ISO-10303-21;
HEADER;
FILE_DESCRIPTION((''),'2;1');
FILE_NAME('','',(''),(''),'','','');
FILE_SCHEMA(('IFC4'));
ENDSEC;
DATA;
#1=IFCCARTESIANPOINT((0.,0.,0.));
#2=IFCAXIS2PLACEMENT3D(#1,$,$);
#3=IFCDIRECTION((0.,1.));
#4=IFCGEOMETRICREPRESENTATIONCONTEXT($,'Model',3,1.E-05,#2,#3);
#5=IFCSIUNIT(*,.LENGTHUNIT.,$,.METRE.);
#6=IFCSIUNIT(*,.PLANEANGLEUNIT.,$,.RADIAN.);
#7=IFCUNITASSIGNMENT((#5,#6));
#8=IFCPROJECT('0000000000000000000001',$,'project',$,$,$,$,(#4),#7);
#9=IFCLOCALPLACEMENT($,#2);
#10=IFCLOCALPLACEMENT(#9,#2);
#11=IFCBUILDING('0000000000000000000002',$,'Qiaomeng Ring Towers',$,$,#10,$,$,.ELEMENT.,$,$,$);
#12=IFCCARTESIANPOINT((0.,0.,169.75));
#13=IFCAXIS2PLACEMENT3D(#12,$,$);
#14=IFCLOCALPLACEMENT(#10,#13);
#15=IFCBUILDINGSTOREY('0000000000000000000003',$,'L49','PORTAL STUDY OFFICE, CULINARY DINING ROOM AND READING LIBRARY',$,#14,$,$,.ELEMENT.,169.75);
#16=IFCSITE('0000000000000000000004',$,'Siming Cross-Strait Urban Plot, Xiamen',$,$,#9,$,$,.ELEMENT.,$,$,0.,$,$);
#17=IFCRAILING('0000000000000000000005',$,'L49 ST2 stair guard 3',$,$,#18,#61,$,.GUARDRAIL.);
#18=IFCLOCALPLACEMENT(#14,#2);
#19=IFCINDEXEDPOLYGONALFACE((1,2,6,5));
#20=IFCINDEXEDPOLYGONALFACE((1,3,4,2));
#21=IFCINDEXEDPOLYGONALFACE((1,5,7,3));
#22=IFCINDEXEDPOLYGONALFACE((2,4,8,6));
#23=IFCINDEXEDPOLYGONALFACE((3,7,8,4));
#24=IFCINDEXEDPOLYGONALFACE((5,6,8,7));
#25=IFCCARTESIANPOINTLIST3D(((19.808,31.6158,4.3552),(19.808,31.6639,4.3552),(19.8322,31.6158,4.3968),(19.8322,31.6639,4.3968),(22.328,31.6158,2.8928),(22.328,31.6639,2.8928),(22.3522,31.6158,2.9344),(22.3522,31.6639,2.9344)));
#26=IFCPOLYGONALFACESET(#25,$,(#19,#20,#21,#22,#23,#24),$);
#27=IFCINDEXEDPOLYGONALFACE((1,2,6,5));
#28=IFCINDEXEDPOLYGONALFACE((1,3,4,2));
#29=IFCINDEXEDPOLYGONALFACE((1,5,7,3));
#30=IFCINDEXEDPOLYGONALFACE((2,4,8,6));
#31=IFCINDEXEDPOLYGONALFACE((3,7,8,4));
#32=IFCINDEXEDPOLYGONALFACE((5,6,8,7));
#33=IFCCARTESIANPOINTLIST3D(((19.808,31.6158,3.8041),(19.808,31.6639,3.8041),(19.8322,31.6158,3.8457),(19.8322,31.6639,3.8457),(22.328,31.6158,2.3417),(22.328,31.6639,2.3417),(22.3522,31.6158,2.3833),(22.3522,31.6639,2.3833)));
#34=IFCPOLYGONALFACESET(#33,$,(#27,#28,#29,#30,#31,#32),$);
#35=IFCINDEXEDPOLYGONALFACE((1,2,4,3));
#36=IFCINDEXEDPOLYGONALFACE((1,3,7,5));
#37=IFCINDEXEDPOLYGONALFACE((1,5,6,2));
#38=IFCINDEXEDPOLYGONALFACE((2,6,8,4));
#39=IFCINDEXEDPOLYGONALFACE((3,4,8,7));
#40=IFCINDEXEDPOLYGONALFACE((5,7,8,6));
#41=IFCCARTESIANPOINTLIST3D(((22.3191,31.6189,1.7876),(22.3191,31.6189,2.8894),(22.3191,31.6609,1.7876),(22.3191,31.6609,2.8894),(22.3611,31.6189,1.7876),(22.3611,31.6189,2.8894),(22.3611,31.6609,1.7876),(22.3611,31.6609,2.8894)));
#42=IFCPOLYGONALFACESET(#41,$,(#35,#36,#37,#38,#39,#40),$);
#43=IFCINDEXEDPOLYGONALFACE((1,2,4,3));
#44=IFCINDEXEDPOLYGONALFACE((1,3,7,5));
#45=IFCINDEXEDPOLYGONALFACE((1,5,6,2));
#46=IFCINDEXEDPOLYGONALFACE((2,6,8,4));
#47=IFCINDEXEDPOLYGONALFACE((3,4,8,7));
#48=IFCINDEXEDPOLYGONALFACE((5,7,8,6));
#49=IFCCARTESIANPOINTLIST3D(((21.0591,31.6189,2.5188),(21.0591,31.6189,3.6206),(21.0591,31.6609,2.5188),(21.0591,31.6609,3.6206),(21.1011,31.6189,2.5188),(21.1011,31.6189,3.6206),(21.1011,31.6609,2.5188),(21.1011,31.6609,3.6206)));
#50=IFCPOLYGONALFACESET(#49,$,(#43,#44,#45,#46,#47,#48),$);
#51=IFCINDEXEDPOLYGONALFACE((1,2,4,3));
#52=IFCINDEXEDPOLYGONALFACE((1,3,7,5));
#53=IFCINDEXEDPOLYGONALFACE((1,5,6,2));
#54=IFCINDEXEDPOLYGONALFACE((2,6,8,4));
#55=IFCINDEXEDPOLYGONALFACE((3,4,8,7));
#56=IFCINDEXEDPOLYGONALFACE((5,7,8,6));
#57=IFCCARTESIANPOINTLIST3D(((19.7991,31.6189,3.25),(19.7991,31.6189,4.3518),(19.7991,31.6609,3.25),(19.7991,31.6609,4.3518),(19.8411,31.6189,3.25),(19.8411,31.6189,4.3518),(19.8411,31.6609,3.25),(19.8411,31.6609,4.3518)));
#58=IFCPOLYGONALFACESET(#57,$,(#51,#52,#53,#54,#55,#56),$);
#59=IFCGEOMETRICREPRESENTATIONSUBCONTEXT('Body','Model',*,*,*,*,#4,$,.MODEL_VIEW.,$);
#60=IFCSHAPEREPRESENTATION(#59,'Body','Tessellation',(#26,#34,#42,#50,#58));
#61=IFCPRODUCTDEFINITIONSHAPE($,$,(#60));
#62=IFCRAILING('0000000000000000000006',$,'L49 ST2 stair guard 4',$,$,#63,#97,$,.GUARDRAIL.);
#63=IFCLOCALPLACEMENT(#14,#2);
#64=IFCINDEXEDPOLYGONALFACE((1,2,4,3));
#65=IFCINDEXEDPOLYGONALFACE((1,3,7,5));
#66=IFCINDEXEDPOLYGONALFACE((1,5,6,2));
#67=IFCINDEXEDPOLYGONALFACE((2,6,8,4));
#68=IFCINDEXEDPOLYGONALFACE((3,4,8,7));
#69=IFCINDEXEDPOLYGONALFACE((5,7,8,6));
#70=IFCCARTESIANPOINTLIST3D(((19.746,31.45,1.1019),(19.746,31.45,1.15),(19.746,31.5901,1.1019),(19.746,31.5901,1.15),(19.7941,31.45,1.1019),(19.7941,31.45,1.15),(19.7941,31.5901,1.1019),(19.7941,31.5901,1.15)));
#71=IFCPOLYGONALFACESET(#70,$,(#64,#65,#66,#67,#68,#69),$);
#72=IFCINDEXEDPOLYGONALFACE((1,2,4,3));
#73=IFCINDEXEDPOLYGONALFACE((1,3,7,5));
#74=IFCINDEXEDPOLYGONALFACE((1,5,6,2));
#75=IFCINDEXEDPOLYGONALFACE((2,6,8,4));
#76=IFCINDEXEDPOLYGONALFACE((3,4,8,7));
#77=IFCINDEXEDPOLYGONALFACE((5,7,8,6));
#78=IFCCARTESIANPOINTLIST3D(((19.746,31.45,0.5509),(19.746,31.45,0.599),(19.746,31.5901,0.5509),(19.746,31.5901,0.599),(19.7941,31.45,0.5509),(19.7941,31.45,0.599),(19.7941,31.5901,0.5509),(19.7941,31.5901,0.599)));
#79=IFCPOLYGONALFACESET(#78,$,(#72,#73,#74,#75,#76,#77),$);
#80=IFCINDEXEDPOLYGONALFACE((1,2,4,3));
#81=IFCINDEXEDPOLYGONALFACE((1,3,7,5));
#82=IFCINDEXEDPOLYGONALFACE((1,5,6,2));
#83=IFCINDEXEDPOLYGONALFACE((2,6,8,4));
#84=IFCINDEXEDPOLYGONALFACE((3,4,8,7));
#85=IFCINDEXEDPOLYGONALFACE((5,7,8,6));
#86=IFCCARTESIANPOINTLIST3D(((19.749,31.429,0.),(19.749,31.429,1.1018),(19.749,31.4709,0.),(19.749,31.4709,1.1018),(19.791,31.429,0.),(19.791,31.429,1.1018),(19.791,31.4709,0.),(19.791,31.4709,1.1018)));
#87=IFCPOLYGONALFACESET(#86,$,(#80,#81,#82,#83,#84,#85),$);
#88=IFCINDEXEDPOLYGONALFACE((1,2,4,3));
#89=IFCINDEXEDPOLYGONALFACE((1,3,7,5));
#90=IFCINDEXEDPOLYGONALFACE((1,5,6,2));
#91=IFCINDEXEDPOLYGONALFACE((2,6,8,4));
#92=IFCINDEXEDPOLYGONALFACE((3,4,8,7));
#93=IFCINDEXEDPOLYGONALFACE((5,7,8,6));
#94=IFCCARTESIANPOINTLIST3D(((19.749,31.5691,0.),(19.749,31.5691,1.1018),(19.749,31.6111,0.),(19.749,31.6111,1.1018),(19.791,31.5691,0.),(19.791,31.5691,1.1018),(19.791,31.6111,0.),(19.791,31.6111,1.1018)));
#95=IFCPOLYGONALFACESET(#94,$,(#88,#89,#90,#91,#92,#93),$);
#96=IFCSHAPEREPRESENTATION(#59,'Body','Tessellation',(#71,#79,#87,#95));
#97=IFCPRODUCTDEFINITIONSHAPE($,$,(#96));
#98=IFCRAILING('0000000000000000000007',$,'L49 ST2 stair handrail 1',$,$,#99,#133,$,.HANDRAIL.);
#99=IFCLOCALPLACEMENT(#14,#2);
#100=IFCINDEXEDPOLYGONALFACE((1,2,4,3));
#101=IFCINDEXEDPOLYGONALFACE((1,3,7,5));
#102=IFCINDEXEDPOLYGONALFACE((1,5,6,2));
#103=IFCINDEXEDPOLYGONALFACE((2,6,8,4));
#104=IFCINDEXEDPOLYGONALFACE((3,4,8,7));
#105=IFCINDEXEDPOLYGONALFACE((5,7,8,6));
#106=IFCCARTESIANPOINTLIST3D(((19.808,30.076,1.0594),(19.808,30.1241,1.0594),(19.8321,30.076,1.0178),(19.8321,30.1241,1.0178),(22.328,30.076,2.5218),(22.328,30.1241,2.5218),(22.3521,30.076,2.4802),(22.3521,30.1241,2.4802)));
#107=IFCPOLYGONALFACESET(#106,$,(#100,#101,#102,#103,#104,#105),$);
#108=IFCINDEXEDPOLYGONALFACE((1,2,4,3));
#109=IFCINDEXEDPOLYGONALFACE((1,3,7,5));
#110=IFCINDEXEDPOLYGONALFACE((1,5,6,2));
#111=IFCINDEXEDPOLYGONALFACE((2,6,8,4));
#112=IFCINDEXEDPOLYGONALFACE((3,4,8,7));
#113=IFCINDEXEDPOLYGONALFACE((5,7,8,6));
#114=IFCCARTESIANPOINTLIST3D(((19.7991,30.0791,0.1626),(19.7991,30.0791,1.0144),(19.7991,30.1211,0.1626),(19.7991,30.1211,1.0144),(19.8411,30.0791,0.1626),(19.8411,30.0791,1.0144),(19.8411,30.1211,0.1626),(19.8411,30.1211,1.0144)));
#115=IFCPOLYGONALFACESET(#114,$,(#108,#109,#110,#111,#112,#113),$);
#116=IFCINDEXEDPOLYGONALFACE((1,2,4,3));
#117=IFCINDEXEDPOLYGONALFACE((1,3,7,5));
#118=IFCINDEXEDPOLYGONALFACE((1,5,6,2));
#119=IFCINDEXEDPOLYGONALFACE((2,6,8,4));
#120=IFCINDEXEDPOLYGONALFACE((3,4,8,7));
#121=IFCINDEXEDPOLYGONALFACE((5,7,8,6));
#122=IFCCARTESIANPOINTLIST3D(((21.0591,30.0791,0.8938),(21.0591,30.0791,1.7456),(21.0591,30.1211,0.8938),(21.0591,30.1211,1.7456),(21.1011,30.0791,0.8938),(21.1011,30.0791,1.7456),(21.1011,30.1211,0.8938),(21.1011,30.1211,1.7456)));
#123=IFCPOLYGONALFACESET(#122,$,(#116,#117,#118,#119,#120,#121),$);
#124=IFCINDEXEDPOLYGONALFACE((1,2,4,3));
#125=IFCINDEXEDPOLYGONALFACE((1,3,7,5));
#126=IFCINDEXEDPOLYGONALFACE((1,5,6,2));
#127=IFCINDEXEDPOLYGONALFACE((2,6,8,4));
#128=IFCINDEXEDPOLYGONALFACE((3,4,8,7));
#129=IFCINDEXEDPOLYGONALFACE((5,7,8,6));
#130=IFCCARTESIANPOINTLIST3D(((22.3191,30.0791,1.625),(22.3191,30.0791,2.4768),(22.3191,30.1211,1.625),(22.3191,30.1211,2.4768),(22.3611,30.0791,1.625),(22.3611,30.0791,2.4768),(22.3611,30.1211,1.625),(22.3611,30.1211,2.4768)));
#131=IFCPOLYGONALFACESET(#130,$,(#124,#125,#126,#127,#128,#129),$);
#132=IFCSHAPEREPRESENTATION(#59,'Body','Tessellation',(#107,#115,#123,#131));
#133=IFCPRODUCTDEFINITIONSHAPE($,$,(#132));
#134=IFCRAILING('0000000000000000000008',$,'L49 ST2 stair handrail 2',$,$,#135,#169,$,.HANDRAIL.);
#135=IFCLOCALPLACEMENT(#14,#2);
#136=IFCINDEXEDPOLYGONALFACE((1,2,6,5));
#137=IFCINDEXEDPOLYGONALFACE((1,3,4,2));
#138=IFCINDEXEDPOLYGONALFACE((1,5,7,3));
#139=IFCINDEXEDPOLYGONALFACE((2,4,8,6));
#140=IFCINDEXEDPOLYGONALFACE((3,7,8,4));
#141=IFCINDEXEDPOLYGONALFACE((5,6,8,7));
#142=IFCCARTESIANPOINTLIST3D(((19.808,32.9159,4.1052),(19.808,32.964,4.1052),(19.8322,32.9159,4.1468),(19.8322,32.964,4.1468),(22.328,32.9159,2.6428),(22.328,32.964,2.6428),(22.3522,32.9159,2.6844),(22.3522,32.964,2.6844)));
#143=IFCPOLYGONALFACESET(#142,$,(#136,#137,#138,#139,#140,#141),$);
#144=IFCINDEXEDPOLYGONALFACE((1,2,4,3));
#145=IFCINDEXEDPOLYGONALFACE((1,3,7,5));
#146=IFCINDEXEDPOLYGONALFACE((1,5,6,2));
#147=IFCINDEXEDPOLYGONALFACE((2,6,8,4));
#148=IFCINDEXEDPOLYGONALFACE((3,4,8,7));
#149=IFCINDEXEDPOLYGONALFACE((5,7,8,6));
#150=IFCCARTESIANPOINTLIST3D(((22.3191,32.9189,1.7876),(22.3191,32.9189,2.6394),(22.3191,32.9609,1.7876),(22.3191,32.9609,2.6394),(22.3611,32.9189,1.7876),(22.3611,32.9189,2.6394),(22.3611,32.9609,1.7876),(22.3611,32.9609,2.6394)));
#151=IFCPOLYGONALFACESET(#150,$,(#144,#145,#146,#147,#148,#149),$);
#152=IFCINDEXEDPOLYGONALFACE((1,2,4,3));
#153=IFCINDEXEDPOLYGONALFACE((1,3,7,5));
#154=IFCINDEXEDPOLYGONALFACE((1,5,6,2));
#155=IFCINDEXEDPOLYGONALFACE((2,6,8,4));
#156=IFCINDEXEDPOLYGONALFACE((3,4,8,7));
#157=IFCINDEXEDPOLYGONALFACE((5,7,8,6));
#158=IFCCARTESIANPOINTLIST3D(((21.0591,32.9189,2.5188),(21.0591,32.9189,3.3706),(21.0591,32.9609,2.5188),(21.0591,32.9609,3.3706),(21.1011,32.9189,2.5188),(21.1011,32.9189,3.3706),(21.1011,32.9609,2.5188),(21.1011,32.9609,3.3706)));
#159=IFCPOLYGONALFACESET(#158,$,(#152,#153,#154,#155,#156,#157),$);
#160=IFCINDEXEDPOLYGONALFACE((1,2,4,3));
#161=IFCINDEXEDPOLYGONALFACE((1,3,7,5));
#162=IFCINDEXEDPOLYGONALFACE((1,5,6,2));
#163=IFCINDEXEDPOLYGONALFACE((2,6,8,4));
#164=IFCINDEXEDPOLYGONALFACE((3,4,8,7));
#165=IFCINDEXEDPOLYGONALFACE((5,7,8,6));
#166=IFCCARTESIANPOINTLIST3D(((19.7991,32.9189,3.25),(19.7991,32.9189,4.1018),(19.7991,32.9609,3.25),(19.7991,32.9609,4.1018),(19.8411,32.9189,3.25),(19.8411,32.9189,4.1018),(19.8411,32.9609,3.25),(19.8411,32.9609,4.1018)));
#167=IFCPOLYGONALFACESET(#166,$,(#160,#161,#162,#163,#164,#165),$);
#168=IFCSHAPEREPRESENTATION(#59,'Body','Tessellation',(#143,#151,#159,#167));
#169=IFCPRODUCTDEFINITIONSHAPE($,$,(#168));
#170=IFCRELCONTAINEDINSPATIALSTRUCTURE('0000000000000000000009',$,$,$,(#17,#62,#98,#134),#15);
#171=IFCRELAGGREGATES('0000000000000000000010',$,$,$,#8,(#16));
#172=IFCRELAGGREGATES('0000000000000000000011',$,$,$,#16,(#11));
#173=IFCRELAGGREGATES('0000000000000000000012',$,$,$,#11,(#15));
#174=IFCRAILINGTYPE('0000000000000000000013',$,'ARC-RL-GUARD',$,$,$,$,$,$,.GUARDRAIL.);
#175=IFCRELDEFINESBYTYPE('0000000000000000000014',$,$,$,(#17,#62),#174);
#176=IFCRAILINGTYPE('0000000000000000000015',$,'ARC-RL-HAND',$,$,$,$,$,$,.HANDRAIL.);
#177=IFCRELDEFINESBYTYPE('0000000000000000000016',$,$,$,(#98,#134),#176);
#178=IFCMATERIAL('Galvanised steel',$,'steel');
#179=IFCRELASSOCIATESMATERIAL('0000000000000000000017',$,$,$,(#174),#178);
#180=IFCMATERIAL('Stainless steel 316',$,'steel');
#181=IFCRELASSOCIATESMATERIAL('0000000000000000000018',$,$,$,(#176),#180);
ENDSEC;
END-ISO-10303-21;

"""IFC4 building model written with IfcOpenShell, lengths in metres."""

from ifc_helpers import new_model, si_unit, direction, frame, origin, origin_2d, place, context, subcontext, project, spatial, rectangle, extrude, material, type_object, element, save


model = new_model("IFC4")

# Units and contexts
model_context = context("Model", 3, precision=1e-05, world=origin(), true_north=direction((0.0, 1.0)))
body_context = subcontext(model_context, "Body", "Model", "MODEL_VIEW")
ifc_project = project(units=[si_unit("LENGTHUNIT", "METRE"), si_unit("PLANEANGLEUNIT", "RADIAN")], contexts=[model_context])

# Site, building, storey
site_placement = place(None, origin())
site = spatial("IfcSite", under=ifc_project, at=site_placement, Name="Siming Cross-Strait Urban Plot, Xiamen", CompositionType="ELEMENT", RefElevation=0.0)
building_placement = place(site_placement, origin())
building = spatial("IfcBuilding", under=site, at=building_placement, Name="Qiaomeng Ring Towers", CompositionType="ELEMENT")
storey_placement = place(building_placement, frame((0.0, 0.0, 169.75)))
storey = spatial("IfcBuildingStorey", under=building, at=storey_placement, Name="L49", Description="PORTAL STUDY OFFICE, CULINARY DINING ROOM AND READING LIBRARY", CompositionType="ELEMENT", Elevation=169.75)

# Shared definitions
ifc_material_1 = material(Name="Galvanised steel", Category="steel")

# Shared definitions
ifc_material_2 = material(Name="Stainless steel 316", Category="steel")

# Railings
railing_type_1 = type_object("IfcRailingType", Name="ARC-RL-GUARD", PredefinedType="GUARDRAIL", material=ifc_material_1)
railing_1_placement = place(storey_placement, frame((22.3401, 31.6399, 1.7876)))
element("IfcRailing", 1, at=railing_1_placement, inside=storey, type_object=railing_type_1, Name="L49 ST2 stair guard 3", PredefinedType="GUARDRAIL", context=body_context, shape_type="SweptSolid", body=[
    extrude(rectangle(XDim=0.0481, YDim=0.0481, at=origin_2d()), frame((0.0, 0.0, 1.126), z_axis=(-0.864913, 0.0, 0.501921), x_axis=(0.0, -1.0, 0.0)), (0.0, 0.0, 1.0), 2.9136),
    extrude(rectangle(XDim=0.0481, YDim=0.0481, at=origin_2d()), frame((0.0, 0.0, 0.575), z_axis=(-0.864913, 0.0, 0.501921), x_axis=(0.0, -1.0, 0.0)), (0.0, 0.0, 1.0), 2.9136),
    extrude(rectangle(XDim=0.042, YDim=0.042, at=origin_2d()), origin(), (0.0, 0.0, 1.0), 1.1018),
    extrude(rectangle(XDim=0.042, YDim=0.042, at=origin_2d()), frame((-1.26, 0.0, 0.7312)), (0.0, 0.0, 1.0), 1.1018),
    extrude(rectangle(XDim=0.042, YDim=0.042, at=origin_2d()), frame((-2.52, 0.0, 1.4624)), (0.0, 0.0, 1.0), 1.1018),
])
railing_2_placement = place(storey_placement, frame((19.77, 31.45, 0.0)))
element("IfcRailing", 2, at=railing_2_placement, inside=storey, type_object=railing_type_1, Name="L49 ST2 stair guard 4", PredefinedType="GUARDRAIL", context=body_context, shape_type="SweptSolid", body=[
    extrude(rectangle(XDim=0.0481, YDim=0.0481, at=origin_2d()), frame((0.0, 0.0, 1.126), z_axis=(0.0, 1.0, 0.0), x_axis=(-1.0, 0.0, 0.0)), (0.0, 0.0, 1.0), 0.1401),
    extrude(rectangle(XDim=0.0481, YDim=0.0481, at=origin_2d()), frame((0.0, 0.0, 0.575), z_axis=(0.0, 1.0, 0.0), x_axis=(-1.0, 0.0, 0.0)), (0.0, 0.0, 1.0), 0.1401),
    extrude(rectangle(XDim=0.042, YDim=0.042, at=origin_2d()), origin(), (0.0, 0.0, 1.0), 1.1018),
    extrude(rectangle(XDim=0.042, YDim=0.042, at=origin_2d()), frame((0.0, 0.1401, 0.0)), (0.0, 0.0, 1.0), 1.1018),
])
railing_type_2 = type_object("IfcRailingType", Name="ARC-RL-HAND", PredefinedType="HANDRAIL", material=ifc_material_2)
railing_3_placement = place(storey_placement, frame((19.8201, 30.1001, 0.1626)))
element("IfcRailing", 3, at=railing_3_placement, inside=storey, type_object=railing_type_2, Name="L49 ST2 stair handrail 1", PredefinedType="HANDRAIL", context=body_context, shape_type="SweptSolid", body=[
    extrude(rectangle(XDim=0.0481, YDim=0.0481, at=origin_2d()), frame((0.0, 0.0, 0.876), z_axis=(0.864913, 0.0, 0.501921), x_axis=(0.0, 1.0, 0.0)), (0.0, 0.0, 1.0), 2.9136),
    extrude(rectangle(XDim=0.042, YDim=0.042, at=origin_2d()), origin(), (0.0, 0.0, 1.0), 0.8518),
    extrude(rectangle(XDim=0.042, YDim=0.042, at=origin_2d()), frame((1.26, 0.0, 0.7312)), (0.0, 0.0, 1.0), 0.8518),
    extrude(rectangle(XDim=0.042, YDim=0.042, at=origin_2d()), frame((2.52, 0.0, 1.4624)), (0.0, 0.0, 1.0), 0.8518),
])
railing_4_placement = place(storey_placement, frame((22.3401, 32.9399, 1.7876)))
element("IfcRailing", 4, at=railing_4_placement, inside=storey, type_object=railing_type_2, Name="L49 ST2 stair handrail 2", PredefinedType="HANDRAIL", context=body_context, shape_type="SweptSolid", body=[
    extrude(rectangle(XDim=0.0481, YDim=0.0481, at=origin_2d()), frame((0.0, 0.0, 0.876), z_axis=(-0.864913, 0.0, 0.501921), x_axis=(0.0, -1.0, 0.0)), (0.0, 0.0, 1.0), 2.9136),
    extrude(rectangle(XDim=0.042, YDim=0.042, at=origin_2d()), origin(), (0.0, 0.0, 1.0), 0.8518),
    extrude(rectangle(XDim=0.042, YDim=0.042, at=origin_2d()), frame((-1.26, 0.0, 0.7312)), (0.0, 0.0, 1.0), 0.8518),
    extrude(rectangle(XDim=0.042, YDim=0.042, at=origin_2d()), frame((-2.52, 0.0, 1.4624)), (0.0, 0.0, 1.0), 0.8518),
])

save(model, "model.ifc")
